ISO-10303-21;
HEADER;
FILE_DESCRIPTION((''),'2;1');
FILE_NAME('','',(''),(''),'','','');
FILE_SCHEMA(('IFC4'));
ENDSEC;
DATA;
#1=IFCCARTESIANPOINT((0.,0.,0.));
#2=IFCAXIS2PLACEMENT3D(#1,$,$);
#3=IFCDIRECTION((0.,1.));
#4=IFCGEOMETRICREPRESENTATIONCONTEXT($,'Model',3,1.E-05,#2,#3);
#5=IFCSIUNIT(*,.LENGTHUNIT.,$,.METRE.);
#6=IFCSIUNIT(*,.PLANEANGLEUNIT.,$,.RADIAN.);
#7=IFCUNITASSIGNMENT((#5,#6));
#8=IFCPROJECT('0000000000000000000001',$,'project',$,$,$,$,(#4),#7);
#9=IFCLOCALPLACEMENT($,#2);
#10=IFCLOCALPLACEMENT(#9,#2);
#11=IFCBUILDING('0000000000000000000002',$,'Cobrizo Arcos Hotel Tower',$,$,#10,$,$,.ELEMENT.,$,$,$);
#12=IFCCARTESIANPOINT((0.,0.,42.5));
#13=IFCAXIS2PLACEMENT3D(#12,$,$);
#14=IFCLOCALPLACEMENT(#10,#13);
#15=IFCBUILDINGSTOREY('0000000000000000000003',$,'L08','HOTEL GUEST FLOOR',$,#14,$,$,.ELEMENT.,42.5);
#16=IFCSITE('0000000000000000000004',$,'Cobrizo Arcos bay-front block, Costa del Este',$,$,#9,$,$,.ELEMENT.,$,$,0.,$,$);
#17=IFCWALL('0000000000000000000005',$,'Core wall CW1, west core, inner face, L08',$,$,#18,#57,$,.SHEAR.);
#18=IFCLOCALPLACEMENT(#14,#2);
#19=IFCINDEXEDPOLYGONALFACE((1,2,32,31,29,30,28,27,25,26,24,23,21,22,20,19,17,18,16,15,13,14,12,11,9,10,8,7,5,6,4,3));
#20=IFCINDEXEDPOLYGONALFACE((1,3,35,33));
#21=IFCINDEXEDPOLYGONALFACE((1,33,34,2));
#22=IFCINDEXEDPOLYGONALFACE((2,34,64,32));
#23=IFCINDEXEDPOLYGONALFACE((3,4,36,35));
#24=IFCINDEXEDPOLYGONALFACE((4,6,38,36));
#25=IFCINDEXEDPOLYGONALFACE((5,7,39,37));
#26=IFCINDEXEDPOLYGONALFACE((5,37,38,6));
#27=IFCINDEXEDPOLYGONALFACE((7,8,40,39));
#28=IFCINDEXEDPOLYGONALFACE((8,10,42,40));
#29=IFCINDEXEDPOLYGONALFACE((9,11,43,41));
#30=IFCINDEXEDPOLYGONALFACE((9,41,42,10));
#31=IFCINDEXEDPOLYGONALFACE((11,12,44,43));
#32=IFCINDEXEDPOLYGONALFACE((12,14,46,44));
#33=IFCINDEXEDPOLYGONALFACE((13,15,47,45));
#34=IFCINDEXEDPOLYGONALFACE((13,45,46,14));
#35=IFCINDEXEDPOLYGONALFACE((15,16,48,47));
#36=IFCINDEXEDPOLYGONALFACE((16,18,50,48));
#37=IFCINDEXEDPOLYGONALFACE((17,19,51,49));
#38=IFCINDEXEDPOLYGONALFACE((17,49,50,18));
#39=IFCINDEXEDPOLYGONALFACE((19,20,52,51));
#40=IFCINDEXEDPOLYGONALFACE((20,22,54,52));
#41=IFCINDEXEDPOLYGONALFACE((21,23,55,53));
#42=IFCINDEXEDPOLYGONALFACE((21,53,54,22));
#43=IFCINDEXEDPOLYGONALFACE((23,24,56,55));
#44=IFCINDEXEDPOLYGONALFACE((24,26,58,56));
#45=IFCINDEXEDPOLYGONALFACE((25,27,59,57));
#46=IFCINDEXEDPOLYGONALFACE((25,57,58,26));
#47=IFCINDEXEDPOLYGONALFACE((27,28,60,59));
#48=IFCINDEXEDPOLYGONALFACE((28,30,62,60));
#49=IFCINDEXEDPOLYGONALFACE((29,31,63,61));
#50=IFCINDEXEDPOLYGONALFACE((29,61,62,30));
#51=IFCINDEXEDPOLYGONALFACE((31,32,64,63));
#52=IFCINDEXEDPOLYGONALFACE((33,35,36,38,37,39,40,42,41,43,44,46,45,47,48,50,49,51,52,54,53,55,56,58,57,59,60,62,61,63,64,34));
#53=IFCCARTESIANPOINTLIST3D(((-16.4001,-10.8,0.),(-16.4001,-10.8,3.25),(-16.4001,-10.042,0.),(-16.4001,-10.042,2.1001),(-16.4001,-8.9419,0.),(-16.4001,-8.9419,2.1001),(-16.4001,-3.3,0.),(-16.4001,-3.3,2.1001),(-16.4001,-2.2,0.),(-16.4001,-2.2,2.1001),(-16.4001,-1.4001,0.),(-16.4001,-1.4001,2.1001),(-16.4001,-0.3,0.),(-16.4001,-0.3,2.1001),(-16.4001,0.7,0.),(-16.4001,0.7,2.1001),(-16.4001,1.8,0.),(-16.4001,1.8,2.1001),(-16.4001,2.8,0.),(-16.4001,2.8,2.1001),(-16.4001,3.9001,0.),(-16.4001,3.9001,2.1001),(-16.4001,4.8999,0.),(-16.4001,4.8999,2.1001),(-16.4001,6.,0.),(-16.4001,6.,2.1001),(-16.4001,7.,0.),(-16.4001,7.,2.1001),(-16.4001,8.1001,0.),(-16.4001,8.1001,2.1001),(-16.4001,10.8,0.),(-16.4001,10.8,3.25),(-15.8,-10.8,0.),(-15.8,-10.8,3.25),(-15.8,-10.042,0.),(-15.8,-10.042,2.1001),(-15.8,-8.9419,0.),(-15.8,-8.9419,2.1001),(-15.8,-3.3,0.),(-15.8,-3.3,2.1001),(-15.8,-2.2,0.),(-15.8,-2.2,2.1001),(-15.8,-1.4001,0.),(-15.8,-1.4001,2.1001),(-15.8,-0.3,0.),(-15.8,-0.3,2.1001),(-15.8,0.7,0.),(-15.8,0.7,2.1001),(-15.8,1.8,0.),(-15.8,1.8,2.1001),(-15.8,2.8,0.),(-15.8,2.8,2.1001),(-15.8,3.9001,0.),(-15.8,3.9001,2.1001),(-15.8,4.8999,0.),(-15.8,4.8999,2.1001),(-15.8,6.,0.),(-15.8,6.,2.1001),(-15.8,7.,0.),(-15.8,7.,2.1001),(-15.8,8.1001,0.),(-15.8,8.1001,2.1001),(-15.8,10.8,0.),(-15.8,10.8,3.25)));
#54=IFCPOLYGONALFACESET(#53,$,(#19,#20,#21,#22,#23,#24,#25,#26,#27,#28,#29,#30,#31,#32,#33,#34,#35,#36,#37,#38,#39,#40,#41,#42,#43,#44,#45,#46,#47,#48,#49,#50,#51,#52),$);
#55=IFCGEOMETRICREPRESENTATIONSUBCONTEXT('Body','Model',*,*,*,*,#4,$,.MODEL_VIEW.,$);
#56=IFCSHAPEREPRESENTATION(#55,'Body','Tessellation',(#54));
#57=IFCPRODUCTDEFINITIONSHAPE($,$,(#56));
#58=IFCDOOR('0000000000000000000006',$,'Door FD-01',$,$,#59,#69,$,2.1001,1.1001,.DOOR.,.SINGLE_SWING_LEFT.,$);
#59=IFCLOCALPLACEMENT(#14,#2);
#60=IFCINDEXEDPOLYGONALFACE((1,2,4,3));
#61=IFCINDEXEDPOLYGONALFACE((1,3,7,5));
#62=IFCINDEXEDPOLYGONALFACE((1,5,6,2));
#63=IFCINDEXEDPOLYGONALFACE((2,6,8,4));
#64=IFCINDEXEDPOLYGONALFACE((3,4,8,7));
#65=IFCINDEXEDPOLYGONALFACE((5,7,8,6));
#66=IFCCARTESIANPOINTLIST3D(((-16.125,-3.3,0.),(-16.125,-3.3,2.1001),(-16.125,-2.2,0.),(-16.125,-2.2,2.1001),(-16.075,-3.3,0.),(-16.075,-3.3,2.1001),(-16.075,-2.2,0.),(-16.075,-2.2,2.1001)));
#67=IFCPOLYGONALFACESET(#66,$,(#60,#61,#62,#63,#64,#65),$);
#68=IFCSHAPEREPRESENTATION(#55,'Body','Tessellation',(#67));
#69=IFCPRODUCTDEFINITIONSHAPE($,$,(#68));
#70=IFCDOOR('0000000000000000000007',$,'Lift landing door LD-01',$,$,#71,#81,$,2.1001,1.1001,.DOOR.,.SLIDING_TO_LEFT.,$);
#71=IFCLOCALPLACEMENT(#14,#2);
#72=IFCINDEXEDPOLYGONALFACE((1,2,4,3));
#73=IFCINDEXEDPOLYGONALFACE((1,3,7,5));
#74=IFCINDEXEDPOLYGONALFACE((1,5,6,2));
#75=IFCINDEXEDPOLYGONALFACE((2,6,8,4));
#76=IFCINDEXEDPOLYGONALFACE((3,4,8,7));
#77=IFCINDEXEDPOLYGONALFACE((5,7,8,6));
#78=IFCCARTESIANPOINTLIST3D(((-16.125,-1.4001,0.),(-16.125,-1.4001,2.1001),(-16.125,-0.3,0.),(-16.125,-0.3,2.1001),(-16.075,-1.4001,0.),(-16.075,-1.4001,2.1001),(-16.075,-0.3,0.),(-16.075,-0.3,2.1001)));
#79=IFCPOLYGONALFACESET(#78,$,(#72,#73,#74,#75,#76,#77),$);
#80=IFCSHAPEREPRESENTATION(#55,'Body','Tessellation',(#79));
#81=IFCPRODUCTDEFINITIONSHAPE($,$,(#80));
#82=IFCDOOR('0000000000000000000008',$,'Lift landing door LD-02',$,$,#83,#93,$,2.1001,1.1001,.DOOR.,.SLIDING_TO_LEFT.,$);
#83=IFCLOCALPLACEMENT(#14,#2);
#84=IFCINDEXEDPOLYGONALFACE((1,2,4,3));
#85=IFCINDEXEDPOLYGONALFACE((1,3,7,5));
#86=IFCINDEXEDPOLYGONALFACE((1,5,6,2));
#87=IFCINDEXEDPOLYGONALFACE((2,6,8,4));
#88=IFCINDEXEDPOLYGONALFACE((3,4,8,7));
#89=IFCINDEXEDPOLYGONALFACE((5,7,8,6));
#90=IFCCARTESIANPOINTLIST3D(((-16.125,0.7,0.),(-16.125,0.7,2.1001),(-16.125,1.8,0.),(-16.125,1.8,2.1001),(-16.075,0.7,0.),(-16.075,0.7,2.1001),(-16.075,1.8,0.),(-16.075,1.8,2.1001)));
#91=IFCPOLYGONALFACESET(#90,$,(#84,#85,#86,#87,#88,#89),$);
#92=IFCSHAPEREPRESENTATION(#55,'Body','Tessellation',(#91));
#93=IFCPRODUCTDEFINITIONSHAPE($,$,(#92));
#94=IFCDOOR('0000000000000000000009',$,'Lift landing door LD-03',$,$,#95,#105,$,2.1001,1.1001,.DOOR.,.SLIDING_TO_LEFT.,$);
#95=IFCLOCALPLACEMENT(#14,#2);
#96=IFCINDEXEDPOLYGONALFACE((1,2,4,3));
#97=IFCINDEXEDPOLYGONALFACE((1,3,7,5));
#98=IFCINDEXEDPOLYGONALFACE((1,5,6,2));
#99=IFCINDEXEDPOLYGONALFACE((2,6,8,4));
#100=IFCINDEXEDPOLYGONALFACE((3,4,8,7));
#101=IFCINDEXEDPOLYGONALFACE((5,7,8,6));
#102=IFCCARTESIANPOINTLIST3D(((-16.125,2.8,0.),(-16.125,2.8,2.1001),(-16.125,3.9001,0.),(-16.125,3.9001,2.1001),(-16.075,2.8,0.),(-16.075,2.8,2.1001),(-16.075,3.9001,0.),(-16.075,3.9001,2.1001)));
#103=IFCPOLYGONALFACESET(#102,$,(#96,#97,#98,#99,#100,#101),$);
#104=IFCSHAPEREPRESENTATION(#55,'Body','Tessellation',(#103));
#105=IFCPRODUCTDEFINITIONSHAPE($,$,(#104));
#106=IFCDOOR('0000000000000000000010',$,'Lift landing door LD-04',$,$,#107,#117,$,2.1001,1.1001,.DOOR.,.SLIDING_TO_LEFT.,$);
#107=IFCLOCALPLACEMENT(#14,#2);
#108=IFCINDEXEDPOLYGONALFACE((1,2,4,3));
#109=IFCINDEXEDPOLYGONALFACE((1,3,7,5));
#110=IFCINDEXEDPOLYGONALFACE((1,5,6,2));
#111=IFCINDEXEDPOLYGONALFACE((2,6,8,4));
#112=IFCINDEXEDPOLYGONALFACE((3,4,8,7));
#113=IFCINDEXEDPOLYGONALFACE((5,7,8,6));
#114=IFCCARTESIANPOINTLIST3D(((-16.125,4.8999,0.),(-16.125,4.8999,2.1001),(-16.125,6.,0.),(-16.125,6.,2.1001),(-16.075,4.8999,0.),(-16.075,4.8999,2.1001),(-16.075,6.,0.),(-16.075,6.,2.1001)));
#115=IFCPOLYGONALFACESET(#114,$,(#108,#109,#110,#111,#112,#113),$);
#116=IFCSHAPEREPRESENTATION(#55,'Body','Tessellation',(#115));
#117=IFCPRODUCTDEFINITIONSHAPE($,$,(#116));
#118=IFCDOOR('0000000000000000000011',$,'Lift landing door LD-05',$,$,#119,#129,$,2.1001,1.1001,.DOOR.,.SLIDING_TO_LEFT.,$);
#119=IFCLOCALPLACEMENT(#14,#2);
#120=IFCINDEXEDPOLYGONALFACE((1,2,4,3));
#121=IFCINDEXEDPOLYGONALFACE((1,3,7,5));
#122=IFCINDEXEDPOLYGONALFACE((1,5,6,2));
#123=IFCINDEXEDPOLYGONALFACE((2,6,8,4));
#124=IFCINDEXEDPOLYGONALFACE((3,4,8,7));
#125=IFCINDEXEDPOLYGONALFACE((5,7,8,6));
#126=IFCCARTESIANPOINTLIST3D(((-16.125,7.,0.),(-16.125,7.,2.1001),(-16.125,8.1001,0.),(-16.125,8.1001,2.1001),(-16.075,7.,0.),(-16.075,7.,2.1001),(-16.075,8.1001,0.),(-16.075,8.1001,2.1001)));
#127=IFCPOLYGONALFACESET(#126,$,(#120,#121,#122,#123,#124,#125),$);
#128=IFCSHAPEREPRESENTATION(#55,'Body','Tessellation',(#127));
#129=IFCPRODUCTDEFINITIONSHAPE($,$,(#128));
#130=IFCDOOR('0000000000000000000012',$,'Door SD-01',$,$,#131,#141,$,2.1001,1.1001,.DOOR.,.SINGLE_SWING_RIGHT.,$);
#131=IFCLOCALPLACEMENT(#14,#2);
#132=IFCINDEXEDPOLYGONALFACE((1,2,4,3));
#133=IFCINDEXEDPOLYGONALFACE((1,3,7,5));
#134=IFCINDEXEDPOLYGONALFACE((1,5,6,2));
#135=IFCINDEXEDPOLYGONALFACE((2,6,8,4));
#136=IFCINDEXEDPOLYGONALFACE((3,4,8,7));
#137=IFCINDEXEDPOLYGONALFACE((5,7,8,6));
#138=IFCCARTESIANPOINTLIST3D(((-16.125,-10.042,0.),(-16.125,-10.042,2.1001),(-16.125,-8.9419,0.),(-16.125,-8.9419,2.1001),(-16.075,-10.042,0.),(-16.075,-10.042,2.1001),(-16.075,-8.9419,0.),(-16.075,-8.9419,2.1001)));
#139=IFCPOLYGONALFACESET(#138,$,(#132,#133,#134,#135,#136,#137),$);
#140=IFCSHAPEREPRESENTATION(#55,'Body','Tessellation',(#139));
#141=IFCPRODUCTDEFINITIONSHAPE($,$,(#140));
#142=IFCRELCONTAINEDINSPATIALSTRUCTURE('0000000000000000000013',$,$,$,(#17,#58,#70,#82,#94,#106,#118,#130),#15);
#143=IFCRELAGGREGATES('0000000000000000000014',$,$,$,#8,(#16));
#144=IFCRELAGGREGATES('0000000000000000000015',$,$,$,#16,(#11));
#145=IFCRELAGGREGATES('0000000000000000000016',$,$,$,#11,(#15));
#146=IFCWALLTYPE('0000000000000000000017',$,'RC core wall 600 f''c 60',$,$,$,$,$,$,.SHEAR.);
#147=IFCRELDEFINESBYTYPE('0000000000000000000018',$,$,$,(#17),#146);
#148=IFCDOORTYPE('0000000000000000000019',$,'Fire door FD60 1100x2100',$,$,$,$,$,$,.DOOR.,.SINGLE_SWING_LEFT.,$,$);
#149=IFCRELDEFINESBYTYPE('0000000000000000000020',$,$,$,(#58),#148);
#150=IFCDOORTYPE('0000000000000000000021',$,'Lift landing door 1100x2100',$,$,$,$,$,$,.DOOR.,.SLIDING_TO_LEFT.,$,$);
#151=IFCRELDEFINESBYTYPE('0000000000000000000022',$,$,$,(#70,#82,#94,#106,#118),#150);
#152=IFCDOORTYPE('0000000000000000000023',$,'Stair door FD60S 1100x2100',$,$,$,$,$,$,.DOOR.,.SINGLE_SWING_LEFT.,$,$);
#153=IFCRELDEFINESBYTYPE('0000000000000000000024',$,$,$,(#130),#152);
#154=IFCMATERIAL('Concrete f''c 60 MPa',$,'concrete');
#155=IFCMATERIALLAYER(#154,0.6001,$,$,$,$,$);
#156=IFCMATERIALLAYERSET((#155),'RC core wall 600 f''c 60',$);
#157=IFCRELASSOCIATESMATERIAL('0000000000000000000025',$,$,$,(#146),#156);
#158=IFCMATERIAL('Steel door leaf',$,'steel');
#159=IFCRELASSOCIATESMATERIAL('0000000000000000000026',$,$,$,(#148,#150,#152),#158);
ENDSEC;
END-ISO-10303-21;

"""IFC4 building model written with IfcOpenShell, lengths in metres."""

from ifc_helpers import new_model, si_unit, direction, frame, frame_2d, origin, place, context, subcontext, project, spatial, rectangle, extrude, material, layer, layer_set, type_object, element, fill, save


model = new_model("IFC4")

# Units and contexts
model_context = context("Model", 3, precision=1e-05, world=origin(), true_north=direction((0.0, 1.0)))
body_context = subcontext(model_context, "Body", "Model", "MODEL_VIEW")
ifc_project = project(units=[si_unit("LENGTHUNIT", "METRE"), si_unit("PLANEANGLEUNIT", "RADIAN")], contexts=[model_context])

# Site, building, storey
site_placement = place(None, origin())
site = spatial("IfcSite", under=ifc_project, at=site_placement, Name="Cobrizo Arcos bay-front block, Costa del Este", CompositionType="ELEMENT", RefElevation=0.0)
building_placement = place(site_placement, origin())
building = spatial("IfcBuilding", under=site, at=building_placement, Name="Cobrizo Arcos Hotel Tower", CompositionType="ELEMENT")
storey_placement = place(building_placement, frame((0.0, 0.0, 42.5)))
storey = spatial("IfcBuildingStorey", under=building, at=storey_placement, Name="L08", Description="HOTEL GUEST FLOOR", CompositionType="ELEMENT", Elevation=42.5)

# Wall, openings, doors
ifc_material_1 = material(Name="Concrete f'c 60 MPa", Category="concrete")
ifc_layer_1 = layer(ifc_material_1, 0.6001)
ifc_layer_set_1 = layer_set([ifc_layer_1], Name="RC core wall 600 f'c 60")
wall_type_1 = type_object("IfcWallType", Name="RC core wall 600 f'c 60", PredefinedType="SHEAR", material=ifc_layer_set_1)
wall_1_placement = place(storey_placement, frame((-16.1001, -10.8, 0.0), z_axis=(0.0, 0.0, 1.0), x_axis=(0.0, 1.0, 0.0)))
wall_1 = element("IfcWall", 1, at=wall_1_placement, inside=storey, type_object=wall_type_1, Name="Core wall CW1, west core, inner face, L08", PredefinedType="SHEAR", context=body_context, shape_type="SweptSolid", body=[
    extrude(rectangle(XDim=21.6001, YDim=0.6001, at=frame_2d((10.8, 0.0))), origin(), (0.0, 0.0, 1.0), 3.25),
])
opening_1_placement = place(wall_1_placement, frame((9.3999, 0.0, 0.0)))
opening_1 = element("IfcOpeningElement", 2, at=opening_1_placement, cuts=wall_1, PredefinedType="OPENING", context=body_context, shape_type="SweptSolid", body=[
    extrude(rectangle(XDim=1.1001, YDim=2.1001, at=frame_2d((0.55, 1.05))), frame((0.0, 0.312, 0.0), z_axis=(0.0, -1.0, 0.0), x_axis=(1.0, 0.0, 0.0)), (0.0, 0.0, 1.0), 0.624),
])
opening_2_placement = place(wall_1_placement, frame((11.5, 0.0, 0.0)))
opening_2 = element("IfcOpeningElement", 3, at=opening_2_placement, cuts=wall_1, PredefinedType="OPENING", context=body_context, shape_type="SweptSolid", body=[
    extrude(rectangle(XDim=1.1001, YDim=2.1001, at=frame_2d((0.55, 1.05))), frame((0.0, 0.312, 0.0), z_axis=(0.0, -1.0, 0.0), x_axis=(1.0, 0.0, 0.0)), (0.0, 0.0, 1.0), 0.624),
])
opening_3_placement = place(wall_1_placement, frame((13.6001, 0.0, 0.0)))
opening_3 = element("IfcOpeningElement", 4, at=opening_3_placement, cuts=wall_1, PredefinedType="OPENING", context=body_context, shape_type="SweptSolid", body=[
    extrude(rectangle(XDim=1.1001, YDim=2.1001, at=frame_2d((0.55, 1.05))), frame((0.0, 0.312, 0.0), z_axis=(0.0, -1.0, 0.0), x_axis=(1.0, 0.0, 0.0)), (0.0, 0.0, 1.0), 0.624),
])
opening_4_placement = place(wall_1_placement, frame((15.7, 0.0, 0.0)))
opening_4 = element("IfcOpeningElement", 5, at=opening_4_placement, cuts=wall_1, PredefinedType="OPENING", context=body_context, shape_type="SweptSolid", body=[
    extrude(rectangle(XDim=1.1001, YDim=2.1001, at=frame_2d((0.55, 1.05))), frame((0.0, 0.312, 0.0), z_axis=(0.0, -1.0, 0.0), x_axis=(1.0, 0.0, 0.0)), (0.0, 0.0, 1.0), 0.624),
])
opening_5_placement = place(wall_1_placement, frame((17.8, 0.0, 0.0)))
opening_5 = element("IfcOpeningElement", 6, at=opening_5_placement, cuts=wall_1, PredefinedType="OPENING", context=body_context, shape_type="SweptSolid", body=[
    extrude(rectangle(XDim=1.1001, YDim=2.1001, at=frame_2d((0.55, 1.05))), frame((0.0, 0.312, 0.0), z_axis=(0.0, -1.0, 0.0), x_axis=(1.0, 0.0, 0.0)), (0.0, 0.0, 1.0), 0.624),
])
opening_6_placement = place(wall_1_placement, frame((0.7581, 0.0, 0.0)))
opening_6 = element("IfcOpeningElement", 7, at=opening_6_placement, cuts=wall_1, PredefinedType="OPENING", context=body_context, shape_type="SweptSolid", body=[
    extrude(rectangle(XDim=1.1001, YDim=2.1001, at=frame_2d((0.55, 1.05))), frame((0.0, 0.312, 0.0), z_axis=(0.0, -1.0, 0.0), x_axis=(1.0, 0.0, 0.0)), (0.0, 0.0, 1.0), 0.624),
])
opening_7_placement = place(wall_1_placement, frame((7.5, 0.0, 0.0)))
opening_7 = element("IfcOpeningElement", 8, at=opening_7_placement, cuts=wall_1, PredefinedType="OPENING", context=body_context, shape_type="SweptSolid", body=[
    extrude(rectangle(XDim=1.1001, YDim=2.1001, at=frame_2d((0.55, 1.05))), frame((0.0, 0.312, 0.0), z_axis=(0.0, -1.0, 0.0), x_axis=(1.0, 0.0, 0.0)), (0.0, 0.0, 1.0), 0.624),
])
ifc_material_2 = material(Name="Steel door leaf", Category="steel")
door_type_1 = type_object("IfcDoorType", Name="Fire door FD60 1100x2100", OperationType="SINGLE_SWING_LEFT", PredefinedType="DOOR", material=ifc_material_2)
door_1_placement = place(opening_7_placement, origin())
door_1 = element("IfcDoor", 9, at=door_1_placement, inside=storey, type_object=door_type_1, Name="Door FD-01", OperationType="SINGLE_SWING_LEFT", OverallHeight=2.1001, OverallWidth=1.1001, PredefinedType="DOOR", context=body_context, shape_type="SweptSolid", body=[
    extrude(rectangle(XDim=1.1001, YDim=2.1001, at=frame_2d((0.55, 1.05))), frame((0.0, 0.0249, 0.0), z_axis=(0.0, -1.0, 0.0), x_axis=(1.0, 0.0, 0.0)), (0.0, 0.0, 1.0), 0.05),
])
fill(opening_7, door_1)
door_type_2 = type_object("IfcDoorType", Name="Lift landing door 1100x2100", OperationType="SLIDING_TO_LEFT", PredefinedType="DOOR", material=ifc_material_2)
door_2_placement = place(opening_1_placement, origin())
door_2 = element("IfcDoor", 10, at=door_2_placement, inside=storey, type_object=door_type_2, Name="Lift landing door LD-01", OperationType="SLIDING_TO_LEFT", OverallHeight=2.1001, OverallWidth=1.1001, PredefinedType="DOOR", context=body_context, shape_type="SweptSolid", body=[
    extrude(rectangle(XDim=1.1001, YDim=2.1001, at=frame_2d((0.55, 1.05))), frame((0.0, 0.0249, 0.0), z_axis=(0.0, -1.0, 0.0), x_axis=(1.0, 0.0, 0.0)), (0.0, 0.0, 1.0), 0.05),
])
fill(opening_1, door_2)
door_3_placement = place(opening_2_placement, origin())
door_3 = element("IfcDoor", 11, at=door_3_placement, inside=storey, type_object=door_type_2, Name="Lift landing door LD-02", OperationType="SLIDING_TO_LEFT", OverallHeight=2.1001, OverallWidth=1.1001, PredefinedType="DOOR", context=body_context, shape_type="SweptSolid", body=[
    extrude(rectangle(XDim=1.1001, YDim=2.1001, at=frame_2d((0.55, 1.05))), frame((0.0, 0.0249, 0.0), z_axis=(0.0, -1.0, 0.0), x_axis=(1.0, 0.0, 0.0)), (0.0, 0.0, 1.0), 0.05),
])
fill(opening_2, door_3)
door_4_placement = place(opening_3_placement, origin())
door_4 = element("IfcDoor", 12, at=door_4_placement, inside=storey, type_object=door_type_2, Name="Lift landing door LD-03", OperationType="SLIDING_TO_LEFT", OverallHeight=2.1001, OverallWidth=1.1001, PredefinedType="DOOR", context=body_context, shape_type="SweptSolid", body=[
    extrude(rectangle(XDim=1.1001, YDim=2.1001, at=frame_2d((0.55, 1.05))), frame((0.0, 0.0249, 0.0), z_axis=(0.0, -1.0, 0.0), x_axis=(1.0, 0.0, 0.0)), (0.0, 0.0, 1.0), 0.05),
])
fill(opening_3, door_4)
door_5_placement = place(opening_4_placement, origin())
door_5 = element("IfcDoor", 13, at=door_5_placement, inside=storey, type_object=door_type_2, Name="Lift landing door LD-04", OperationType="SLIDING_TO_LEFT", OverallHeight=2.1001, OverallWidth=1.1001, PredefinedType="DOOR", context=body_context, shape_type="SweptSolid", body=[
    extrude(rectangle(XDim=1.1001, YDim=2.1001, at=frame_2d((0.55, 1.05))), frame((0.0, 0.0249, 0.0), z_axis=(0.0, -1.0, 0.0), x_axis=(1.0, 0.0, 0.0)), (0.0, 0.0, 1.0), 0.05),
])
fill(opening_4, door_5)
door_6_placement = place(opening_5_placement, origin())
door_6 = element("IfcDoor", 14, at=door_6_placement, inside=storey, type_object=door_type_2, Name="Lift landing door LD-05", OperationType="SLIDING_TO_LEFT", OverallHeight=2.1001, OverallWidth=1.1001, PredefinedType="DOOR", context=body_context, shape_type="SweptSolid", body=[
    extrude(rectangle(XDim=1.1001, YDim=2.1001, at=frame_2d((0.55, 1.05))), frame((0.0, 0.0249, 0.0), z_axis=(0.0, -1.0, 0.0), x_axis=(1.0, 0.0, 0.0)), (0.0, 0.0, 1.0), 0.05),
])
fill(opening_5, door_6)
door_type_3 = type_object("IfcDoorType", Name="Stair door FD60S 1100x2100", OperationType="SINGLE_SWING_LEFT", PredefinedType="DOOR", material=ifc_material_2)
door_7_placement = place(opening_6_placement, origin())
door_7 = element("IfcDoor", 15, at=door_7_placement, inside=storey, type_object=door_type_3, Name="Door SD-01", OperationType="SINGLE_SWING_RIGHT", OverallHeight=2.1001, OverallWidth=1.1001, PredefinedType="DOOR", context=body_context, shape_type="SweptSolid", body=[
    extrude(rectangle(XDim=1.1001, YDim=2.1001, at=frame_2d((0.55, 1.05))), frame((0.0, 0.0249, 0.0), z_axis=(0.0, -1.0, 0.0), x_axis=(1.0, 0.0, 0.0)), (0.0, 0.0, 1.0), 0.05),
])
fill(opening_6, door_7)

save(model, "model.ifc")
